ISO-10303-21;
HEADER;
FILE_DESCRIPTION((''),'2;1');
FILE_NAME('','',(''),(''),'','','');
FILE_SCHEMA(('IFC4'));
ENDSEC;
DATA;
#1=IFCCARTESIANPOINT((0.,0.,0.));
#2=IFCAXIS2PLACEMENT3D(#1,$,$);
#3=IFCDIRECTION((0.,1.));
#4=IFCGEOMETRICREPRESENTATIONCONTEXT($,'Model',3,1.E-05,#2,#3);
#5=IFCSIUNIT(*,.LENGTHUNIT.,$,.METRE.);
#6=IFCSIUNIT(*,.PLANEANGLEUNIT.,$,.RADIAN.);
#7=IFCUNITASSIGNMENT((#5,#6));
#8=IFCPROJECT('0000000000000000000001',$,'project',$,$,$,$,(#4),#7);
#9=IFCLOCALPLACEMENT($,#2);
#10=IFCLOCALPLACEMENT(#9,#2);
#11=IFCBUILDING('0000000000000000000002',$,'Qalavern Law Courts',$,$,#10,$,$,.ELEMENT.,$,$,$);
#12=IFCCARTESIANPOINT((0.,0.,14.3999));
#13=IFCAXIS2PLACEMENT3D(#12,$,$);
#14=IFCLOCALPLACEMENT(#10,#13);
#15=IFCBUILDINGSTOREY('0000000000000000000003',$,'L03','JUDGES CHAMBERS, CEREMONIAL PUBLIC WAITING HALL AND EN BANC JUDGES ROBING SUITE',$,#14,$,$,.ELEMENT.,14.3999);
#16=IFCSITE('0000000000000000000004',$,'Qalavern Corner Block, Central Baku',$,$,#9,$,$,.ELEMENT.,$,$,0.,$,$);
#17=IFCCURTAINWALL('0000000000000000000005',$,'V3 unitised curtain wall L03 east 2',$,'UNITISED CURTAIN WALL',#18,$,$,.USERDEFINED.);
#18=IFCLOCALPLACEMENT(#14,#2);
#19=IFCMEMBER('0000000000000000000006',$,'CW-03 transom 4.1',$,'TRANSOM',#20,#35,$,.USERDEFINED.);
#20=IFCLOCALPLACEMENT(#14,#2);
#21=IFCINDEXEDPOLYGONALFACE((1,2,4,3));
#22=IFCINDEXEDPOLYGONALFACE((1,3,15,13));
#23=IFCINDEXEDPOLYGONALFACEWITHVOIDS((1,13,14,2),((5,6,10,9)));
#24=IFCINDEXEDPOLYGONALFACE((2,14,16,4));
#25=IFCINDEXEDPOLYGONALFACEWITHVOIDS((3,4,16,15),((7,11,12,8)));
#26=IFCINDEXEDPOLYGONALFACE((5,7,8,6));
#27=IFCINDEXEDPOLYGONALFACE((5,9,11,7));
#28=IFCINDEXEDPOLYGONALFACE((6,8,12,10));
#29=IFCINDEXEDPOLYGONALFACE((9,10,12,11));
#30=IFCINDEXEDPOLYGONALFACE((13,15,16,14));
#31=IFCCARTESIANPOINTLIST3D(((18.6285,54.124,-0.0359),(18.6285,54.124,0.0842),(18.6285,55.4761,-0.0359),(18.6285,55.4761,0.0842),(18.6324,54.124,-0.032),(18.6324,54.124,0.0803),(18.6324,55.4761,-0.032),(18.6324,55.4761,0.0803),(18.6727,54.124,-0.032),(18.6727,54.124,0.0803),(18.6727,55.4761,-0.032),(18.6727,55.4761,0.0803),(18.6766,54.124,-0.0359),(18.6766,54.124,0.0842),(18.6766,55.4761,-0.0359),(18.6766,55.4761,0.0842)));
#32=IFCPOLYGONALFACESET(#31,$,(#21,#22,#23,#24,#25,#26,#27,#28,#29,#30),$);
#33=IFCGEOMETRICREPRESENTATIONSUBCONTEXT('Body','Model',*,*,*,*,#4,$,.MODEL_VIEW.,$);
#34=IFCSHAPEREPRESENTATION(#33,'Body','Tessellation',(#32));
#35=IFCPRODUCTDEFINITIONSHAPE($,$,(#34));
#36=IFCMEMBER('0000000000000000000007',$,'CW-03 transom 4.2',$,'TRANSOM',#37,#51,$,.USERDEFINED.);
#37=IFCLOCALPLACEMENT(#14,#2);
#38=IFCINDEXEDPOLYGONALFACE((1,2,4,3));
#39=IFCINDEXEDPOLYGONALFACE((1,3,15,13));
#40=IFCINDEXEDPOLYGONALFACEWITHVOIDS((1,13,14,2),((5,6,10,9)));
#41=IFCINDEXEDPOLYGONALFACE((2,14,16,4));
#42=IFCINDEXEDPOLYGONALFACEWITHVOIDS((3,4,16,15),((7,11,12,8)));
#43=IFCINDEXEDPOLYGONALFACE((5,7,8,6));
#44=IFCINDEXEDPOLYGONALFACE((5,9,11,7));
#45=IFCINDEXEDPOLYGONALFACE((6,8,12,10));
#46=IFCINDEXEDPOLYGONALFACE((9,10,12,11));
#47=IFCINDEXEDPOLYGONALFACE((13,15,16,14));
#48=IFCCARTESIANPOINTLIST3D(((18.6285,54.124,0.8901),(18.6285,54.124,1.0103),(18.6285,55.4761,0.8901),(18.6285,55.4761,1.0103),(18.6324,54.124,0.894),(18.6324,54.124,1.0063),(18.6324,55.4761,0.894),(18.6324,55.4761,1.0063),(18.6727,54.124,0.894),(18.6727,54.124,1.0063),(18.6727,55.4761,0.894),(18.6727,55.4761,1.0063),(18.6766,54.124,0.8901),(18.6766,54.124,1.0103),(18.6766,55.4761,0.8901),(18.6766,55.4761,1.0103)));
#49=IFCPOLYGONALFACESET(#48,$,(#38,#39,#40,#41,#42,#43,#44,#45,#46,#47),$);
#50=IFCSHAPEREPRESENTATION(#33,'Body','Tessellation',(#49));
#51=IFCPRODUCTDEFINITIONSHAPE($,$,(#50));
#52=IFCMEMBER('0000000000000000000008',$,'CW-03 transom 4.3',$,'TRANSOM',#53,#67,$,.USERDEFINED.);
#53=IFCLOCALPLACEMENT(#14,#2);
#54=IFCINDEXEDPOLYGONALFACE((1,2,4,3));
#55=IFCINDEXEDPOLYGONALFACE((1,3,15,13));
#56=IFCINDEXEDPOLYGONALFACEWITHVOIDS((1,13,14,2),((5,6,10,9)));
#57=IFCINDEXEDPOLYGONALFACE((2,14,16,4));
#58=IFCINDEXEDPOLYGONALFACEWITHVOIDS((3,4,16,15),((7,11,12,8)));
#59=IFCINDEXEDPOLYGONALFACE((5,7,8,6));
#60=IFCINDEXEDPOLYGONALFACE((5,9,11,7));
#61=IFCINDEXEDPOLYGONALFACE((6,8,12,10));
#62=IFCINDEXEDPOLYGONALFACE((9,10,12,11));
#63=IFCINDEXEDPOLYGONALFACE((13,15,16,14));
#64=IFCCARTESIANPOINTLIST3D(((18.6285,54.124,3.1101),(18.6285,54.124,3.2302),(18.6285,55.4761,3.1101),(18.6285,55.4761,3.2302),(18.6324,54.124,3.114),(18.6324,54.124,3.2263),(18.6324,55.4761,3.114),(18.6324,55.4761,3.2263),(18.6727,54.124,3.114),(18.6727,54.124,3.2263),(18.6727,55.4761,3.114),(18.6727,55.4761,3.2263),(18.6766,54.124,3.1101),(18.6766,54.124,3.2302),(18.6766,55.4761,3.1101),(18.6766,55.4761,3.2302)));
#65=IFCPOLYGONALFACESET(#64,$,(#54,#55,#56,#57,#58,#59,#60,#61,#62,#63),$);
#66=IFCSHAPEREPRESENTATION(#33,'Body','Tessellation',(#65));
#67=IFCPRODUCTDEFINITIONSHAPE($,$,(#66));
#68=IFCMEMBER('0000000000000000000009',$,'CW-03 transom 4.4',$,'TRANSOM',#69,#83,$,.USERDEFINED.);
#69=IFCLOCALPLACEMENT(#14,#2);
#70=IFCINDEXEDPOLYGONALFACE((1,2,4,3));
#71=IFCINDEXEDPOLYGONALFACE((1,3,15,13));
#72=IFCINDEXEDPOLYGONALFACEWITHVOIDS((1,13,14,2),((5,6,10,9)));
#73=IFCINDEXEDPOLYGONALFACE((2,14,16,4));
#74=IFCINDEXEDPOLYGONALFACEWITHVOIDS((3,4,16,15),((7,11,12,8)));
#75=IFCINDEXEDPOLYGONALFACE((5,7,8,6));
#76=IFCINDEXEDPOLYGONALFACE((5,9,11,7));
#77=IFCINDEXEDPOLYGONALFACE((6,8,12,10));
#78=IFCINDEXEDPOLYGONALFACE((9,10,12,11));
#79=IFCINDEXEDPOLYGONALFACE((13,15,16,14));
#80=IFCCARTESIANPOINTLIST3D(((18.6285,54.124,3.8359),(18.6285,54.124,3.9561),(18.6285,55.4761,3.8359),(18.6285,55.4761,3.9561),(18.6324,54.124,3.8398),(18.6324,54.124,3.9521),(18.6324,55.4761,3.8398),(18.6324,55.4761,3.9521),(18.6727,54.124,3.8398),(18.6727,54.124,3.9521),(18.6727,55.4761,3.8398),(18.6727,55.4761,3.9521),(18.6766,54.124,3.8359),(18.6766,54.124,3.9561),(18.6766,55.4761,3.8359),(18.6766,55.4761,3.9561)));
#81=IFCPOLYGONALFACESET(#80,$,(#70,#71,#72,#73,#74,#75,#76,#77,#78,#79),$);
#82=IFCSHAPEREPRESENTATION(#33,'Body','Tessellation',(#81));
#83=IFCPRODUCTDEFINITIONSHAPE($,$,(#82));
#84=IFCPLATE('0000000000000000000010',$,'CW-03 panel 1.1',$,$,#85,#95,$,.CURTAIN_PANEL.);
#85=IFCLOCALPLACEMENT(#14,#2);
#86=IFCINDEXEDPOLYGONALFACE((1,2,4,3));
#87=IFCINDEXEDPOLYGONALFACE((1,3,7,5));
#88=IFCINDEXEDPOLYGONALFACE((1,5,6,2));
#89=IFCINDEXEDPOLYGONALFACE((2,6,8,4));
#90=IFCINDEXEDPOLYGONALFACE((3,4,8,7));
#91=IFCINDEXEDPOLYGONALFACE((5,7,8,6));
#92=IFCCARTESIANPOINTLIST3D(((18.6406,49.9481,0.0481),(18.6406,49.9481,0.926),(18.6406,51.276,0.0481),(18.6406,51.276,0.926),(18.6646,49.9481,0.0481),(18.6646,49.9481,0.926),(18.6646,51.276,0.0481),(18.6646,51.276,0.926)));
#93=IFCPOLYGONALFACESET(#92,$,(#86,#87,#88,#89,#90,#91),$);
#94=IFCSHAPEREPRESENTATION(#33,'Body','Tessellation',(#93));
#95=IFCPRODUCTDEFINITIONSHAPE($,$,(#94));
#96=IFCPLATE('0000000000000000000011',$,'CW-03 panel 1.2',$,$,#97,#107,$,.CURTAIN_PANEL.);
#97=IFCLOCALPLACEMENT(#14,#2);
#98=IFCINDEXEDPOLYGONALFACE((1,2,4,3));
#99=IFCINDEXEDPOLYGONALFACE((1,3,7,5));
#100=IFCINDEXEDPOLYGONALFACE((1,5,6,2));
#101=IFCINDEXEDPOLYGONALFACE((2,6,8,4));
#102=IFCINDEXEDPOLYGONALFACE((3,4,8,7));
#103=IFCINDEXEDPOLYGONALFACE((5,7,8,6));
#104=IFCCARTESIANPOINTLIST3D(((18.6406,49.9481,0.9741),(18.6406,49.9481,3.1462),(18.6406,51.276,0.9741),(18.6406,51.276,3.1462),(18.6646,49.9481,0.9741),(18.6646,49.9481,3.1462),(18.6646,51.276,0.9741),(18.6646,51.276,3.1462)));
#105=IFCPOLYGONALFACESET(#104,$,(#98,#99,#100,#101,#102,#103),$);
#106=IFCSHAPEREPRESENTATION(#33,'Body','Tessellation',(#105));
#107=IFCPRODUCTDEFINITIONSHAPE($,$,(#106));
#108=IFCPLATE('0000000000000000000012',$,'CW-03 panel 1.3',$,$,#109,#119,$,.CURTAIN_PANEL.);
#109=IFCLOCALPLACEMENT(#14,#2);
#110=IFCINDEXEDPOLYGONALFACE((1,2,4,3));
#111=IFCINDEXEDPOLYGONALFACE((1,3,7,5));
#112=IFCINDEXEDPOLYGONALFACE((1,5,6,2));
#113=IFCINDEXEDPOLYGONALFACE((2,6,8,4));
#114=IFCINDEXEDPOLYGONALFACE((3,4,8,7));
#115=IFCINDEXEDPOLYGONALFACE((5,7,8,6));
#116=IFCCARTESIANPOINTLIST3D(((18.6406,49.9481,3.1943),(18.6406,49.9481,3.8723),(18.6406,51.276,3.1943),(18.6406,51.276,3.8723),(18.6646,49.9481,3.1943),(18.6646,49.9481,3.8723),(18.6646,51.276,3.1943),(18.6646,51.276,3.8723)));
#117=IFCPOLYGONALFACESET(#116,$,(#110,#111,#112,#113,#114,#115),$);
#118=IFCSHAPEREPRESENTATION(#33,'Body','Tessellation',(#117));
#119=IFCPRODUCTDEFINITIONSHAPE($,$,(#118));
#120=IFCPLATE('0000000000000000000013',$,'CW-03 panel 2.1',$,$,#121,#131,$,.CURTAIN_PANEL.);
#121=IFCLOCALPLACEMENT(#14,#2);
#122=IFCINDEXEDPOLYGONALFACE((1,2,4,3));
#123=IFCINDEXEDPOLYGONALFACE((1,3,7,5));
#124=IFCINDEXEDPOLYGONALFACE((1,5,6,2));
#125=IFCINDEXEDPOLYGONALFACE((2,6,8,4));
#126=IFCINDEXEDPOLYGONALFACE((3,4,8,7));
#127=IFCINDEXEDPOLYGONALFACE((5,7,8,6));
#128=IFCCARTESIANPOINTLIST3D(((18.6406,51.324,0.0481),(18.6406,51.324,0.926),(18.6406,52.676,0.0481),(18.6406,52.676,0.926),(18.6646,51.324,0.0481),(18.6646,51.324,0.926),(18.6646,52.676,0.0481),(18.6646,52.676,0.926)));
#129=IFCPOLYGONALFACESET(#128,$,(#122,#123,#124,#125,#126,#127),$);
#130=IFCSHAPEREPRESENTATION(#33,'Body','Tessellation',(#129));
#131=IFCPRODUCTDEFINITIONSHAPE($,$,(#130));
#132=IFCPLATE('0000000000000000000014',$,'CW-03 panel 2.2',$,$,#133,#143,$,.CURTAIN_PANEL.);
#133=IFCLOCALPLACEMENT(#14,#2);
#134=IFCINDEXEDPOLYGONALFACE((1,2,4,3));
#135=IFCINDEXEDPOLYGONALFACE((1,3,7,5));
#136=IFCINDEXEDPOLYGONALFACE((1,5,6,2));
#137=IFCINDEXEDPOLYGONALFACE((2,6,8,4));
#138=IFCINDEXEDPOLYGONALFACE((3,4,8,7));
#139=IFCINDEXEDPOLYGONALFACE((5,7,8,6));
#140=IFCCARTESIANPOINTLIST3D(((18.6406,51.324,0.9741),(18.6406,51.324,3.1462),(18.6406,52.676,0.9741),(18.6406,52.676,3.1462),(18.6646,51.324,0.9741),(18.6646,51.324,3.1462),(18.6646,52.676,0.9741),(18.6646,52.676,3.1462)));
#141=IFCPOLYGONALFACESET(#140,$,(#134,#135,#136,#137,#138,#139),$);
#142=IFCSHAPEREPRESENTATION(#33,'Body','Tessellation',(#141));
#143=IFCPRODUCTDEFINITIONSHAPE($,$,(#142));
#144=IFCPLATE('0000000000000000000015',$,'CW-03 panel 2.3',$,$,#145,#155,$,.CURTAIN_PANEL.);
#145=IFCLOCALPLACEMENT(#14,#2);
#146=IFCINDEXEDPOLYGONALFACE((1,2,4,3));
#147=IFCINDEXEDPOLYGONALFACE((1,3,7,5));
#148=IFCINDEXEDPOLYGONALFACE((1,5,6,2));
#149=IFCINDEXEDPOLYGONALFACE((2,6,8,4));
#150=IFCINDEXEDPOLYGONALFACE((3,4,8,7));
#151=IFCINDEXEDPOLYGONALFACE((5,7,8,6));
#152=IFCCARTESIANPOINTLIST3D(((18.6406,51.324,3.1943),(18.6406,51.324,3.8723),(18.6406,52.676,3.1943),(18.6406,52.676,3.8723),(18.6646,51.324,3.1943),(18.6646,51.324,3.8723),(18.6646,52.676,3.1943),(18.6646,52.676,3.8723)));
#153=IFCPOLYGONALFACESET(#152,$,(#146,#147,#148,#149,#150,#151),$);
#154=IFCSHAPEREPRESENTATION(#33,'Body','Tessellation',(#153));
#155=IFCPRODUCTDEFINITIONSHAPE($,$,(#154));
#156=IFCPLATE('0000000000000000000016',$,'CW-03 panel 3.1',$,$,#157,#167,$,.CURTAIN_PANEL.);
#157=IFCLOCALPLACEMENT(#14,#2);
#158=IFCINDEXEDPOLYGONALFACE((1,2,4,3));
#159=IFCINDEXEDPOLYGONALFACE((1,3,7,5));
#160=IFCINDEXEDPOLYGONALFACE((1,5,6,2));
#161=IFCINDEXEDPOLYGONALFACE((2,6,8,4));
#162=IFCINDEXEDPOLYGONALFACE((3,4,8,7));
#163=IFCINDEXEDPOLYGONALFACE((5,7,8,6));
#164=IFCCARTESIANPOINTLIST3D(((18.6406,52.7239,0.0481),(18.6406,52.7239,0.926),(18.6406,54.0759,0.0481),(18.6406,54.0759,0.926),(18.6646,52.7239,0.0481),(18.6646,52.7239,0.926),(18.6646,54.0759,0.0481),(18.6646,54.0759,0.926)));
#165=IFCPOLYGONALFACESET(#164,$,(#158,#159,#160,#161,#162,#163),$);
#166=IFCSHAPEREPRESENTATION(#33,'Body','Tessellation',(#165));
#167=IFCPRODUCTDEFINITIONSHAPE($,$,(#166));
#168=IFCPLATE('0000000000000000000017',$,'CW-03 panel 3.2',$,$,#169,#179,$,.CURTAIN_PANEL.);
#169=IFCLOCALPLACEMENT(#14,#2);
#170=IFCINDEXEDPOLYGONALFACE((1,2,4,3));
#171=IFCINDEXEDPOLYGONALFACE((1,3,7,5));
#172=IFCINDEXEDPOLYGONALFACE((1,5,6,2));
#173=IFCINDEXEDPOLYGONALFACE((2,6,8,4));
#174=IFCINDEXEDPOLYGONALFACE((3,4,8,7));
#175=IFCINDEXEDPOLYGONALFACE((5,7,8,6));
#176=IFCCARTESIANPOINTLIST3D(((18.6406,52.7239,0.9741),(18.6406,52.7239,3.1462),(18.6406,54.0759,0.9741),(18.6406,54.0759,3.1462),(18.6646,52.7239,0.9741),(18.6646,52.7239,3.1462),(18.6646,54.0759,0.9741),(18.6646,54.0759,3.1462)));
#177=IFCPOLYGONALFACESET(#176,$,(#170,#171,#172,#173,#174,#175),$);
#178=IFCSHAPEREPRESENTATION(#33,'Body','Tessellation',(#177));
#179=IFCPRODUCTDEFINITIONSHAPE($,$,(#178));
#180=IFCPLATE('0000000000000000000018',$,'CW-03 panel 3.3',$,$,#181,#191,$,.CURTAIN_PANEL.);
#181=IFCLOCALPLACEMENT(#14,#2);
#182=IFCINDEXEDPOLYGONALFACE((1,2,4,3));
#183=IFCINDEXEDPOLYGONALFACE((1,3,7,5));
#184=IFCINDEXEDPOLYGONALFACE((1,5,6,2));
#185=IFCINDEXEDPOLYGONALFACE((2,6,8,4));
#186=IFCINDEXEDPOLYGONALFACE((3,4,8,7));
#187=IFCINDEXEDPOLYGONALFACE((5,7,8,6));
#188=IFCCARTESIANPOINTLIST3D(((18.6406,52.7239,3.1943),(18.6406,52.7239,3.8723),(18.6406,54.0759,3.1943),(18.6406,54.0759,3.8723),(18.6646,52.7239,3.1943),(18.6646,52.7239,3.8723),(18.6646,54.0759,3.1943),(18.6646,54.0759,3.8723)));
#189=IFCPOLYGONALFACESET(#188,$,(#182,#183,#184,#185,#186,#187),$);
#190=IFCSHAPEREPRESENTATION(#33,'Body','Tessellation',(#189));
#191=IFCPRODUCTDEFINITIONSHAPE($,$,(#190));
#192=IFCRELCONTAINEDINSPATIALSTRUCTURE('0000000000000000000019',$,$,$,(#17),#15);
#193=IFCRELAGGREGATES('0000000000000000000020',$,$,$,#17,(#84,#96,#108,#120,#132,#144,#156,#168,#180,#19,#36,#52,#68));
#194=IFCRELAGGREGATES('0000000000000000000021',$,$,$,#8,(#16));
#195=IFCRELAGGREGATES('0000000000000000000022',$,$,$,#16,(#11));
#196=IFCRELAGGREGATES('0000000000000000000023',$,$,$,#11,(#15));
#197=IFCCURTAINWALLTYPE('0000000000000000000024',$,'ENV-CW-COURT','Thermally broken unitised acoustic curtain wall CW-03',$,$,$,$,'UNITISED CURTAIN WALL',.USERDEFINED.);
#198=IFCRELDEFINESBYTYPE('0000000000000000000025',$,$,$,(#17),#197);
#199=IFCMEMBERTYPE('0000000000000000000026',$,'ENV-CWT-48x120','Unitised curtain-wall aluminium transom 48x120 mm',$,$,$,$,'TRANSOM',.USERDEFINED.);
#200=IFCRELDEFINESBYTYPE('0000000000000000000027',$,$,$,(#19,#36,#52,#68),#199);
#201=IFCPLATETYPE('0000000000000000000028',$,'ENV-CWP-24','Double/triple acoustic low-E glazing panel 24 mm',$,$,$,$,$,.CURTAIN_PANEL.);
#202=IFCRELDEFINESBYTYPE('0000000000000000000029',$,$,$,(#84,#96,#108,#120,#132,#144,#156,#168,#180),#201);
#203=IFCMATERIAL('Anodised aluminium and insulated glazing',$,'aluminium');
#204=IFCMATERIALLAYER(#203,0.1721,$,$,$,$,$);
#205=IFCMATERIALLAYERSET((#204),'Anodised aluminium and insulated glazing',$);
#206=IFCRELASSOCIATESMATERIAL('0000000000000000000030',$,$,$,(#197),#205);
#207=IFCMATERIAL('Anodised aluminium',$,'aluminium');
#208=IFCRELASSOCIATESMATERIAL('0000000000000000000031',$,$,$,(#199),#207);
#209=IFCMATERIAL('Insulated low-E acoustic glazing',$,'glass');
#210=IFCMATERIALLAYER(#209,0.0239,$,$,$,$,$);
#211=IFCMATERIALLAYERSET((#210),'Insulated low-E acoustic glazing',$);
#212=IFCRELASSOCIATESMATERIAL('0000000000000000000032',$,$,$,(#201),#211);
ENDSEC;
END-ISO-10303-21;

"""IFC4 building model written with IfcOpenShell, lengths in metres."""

from ifc_helpers import new_model, si_unit, direction, frame, origin, origin_2d, place, context, subcontext, project, spatial, rectangle, hollow_rectangle, extrude, material, layer, layer_set, material_profile, profile_set, type_object, element, aggregate, save


model = new_model("IFC4")

# Units and contexts
model_context = context("Model", 3, precision=1e-05, world=origin(), true_north=direction((0.0, 1.0)))
body_context = subcontext(model_context, "Body", "Model", "MODEL_VIEW")
ifc_project = project(units=[si_unit("LENGTHUNIT", "METRE"), si_unit("PLANEANGLEUNIT", "RADIAN")], contexts=[model_context])

# Site, building, storey
site_placement = place(None, origin())
site = spatial("IfcSite", under=ifc_project, at=site_placement, Name="Qalavern Corner Block, Central Baku", CompositionType="ELEMENT", RefElevation=0.0)
building_placement = place(site_placement, origin())
building = spatial("IfcBuilding", under=site, at=building_placement, Name="Qalavern Law Courts", CompositionType="ELEMENT")
storey_placement = place(building_placement, frame((0.0, 0.0, 14.3999)))
storey = spatial("IfcBuildingStorey", under=building, at=storey_placement, Name="L03", Description="JUDGES CHAMBERS, CEREMONIAL PUBLIC WAITING HALL AND EN BANC JUDGES ROBING SUITE", CompositionType="ELEMENT", Elevation=14.3999)

# Curtain wall, members, plates
ifc_material_1 = material(Name="Anodised aluminium and insulated glazing", Category="aluminium")
ifc_layer_1 = layer(ifc_material_1, 0.1721)
ifc_layer_set_1 = layer_set([ifc_layer_1], Name="Anodised aluminium and insulated glazing")
curtain_wall_type = type_object("IfcCurtainWallType", Name="ENV-CW-COURT", Description="Thermally broken unitised acoustic curtain wall CW-03", ElementType="UNITISED CURTAIN WALL", PredefinedType="USERDEFINED", material=ifc_layer_set_1)
curtain_wall_placement = place(storey_placement, origin())
curtain_wall = element("IfcCurtainWall", 1, at=curtain_wall_placement, inside=storey, type_object=curtain_wall_type, Name="V3 unitised curtain wall L03 east 2", ObjectType="UNITISED CURTAIN WALL", PredefinedType="USERDEFINED")
ifc_material_2 = material(Name="Anodised aluminium", Category="aluminium")
ifc_material_profile_1 = material_profile(ifc_material_2, hollow_rectangle(XDim=0.0481, YDim=0.1201, WallThickness=0.0039, at=origin_2d()), Name="ALU TRANSOM 48x120")
ifc_profile_set_1 = profile_set([ifc_material_profile_1], Name="Anodised aluminium")
member_type_1 = type_object("IfcMemberType", Name="ENV-CWT-48x120", Description="Unitised curtain-wall aluminium transom 48x120 mm", ElementType="TRANSOM", PredefinedType="USERDEFINED", material=ifc_profile_set_1)
member_1_placement = place(storey_placement, frame((18.6526, 54.124, 0.0242), z_axis=(0.0, 1.0, 0.0), x_axis=(-1.0, 0.0, 0.0)))
member_1 = element("IfcMember", 2, at=member_1_placement, type_object=member_type_1, Name="CW-03 transom 4.1", ObjectType="TRANSOM", PredefinedType="USERDEFINED", context=body_context, shape_type="SweptSolid", body=[
    extrude(hollow_rectangle(XDim=0.0481, YDim=0.1201, WallThickness=0.0039, at=origin_2d()), origin(), (0.0, 0.0, 1.0), 1.3521),
])
member_2_placement = place(storey_placement, frame((18.6526, 54.124, 0.9502), z_axis=(0.0, 1.0, 0.0), x_axis=(-1.0, 0.0, 0.0)))
member_2 = element("IfcMember", 3, at=member_2_placement, type_object=member_type_1, Name="CW-03 transom 4.2", ObjectType="TRANSOM", PredefinedType="USERDEFINED", context=body_context, shape_type="SweptSolid", body=[
    extrude(hollow_rectangle(XDim=0.0481, YDim=0.1201, WallThickness=0.0039, at=origin_2d()), origin(), (0.0, 0.0, 1.0), 1.3521),
])
member_3_placement = place(storey_placement, frame((18.6526, 54.124, 3.1702), z_axis=(0.0, 1.0, 0.0), x_axis=(-1.0, 0.0, 0.0)))
member_3 = element("IfcMember", 4, at=member_3_placement, type_object=member_type_1, Name="CW-03 transom 4.3", ObjectType="TRANSOM", PredefinedType="USERDEFINED", context=body_context, shape_type="SweptSolid", body=[
    extrude(hollow_rectangle(XDim=0.0481, YDim=0.1201, WallThickness=0.0039, at=origin_2d()), origin(), (0.0, 0.0, 1.0), 1.3521),
])
member_4_placement = place(storey_placement, frame((18.6526, 54.124, 3.896), z_axis=(0.0, 1.0, 0.0), x_axis=(-1.0, 0.0, 0.0)))
member_4 = element("IfcMember", 5, at=member_4_placement, type_object=member_type_1, Name="CW-03 transom 4.4", ObjectType="TRANSOM", PredefinedType="USERDEFINED", context=body_context, shape_type="SweptSolid", body=[
    extrude(hollow_rectangle(XDim=0.0481, YDim=0.1201, WallThickness=0.0039, at=origin_2d()), origin(), (0.0, 0.0, 1.0), 1.3521),
])
ifc_material_3 = material(Name="Insulated low-E acoustic glazing", Category="glass")
ifc_layer_2 = layer(ifc_material_3, 0.0239)
ifc_layer_set_2 = layer_set([ifc_layer_2], Name="Insulated low-E acoustic glazing")
plate_type = type_object("IfcPlateType", Name="ENV-CWP-24", Description="Double/triple acoustic low-E glazing panel 24 mm", PredefinedType="CURTAIN_PANEL", material=ifc_layer_set_2)
plate_1_placement = place(storey_placement, frame((18.6526, 50.6121, 0.0481), z_axis=(0.0, 0.0, 1.0), x_axis=(0.0, 1.0, 0.0)))
plate_1 = element("IfcPlate", 6, at=plate_1_placement, type_object=plate_type, Name="CW-03 panel 1.1", PredefinedType="CURTAIN_PANEL", context=body_context, shape_type="SweptSolid", body=[
    extrude(rectangle(XDim=1.3279, YDim=0.0239, at=origin_2d()), origin(), (0.0, 0.0, 1.0), 0.8779),
])
plate_2_placement = place(storey_placement, frame((18.6526, 50.6121, 0.9741), z_axis=(0.0, 0.0, 1.0), x_axis=(0.0, 1.0, 0.0)))
plate_2 = element("IfcPlate", 7, at=plate_2_placement, type_object=plate_type, Name="CW-03 panel 1.2", PredefinedType="CURTAIN_PANEL", context=body_context, shape_type="SweptSolid", body=[
    extrude(rectangle(XDim=1.3279, YDim=0.0239, at=origin_2d()), origin(), (0.0, 0.0, 1.0), 2.1721),
])
plate_3_placement = place(storey_placement, frame((18.6526, 50.6121, 3.1943), z_axis=(0.0, 0.0, 1.0), x_axis=(0.0, 1.0, 0.0)))
plate_3 = element("IfcPlate", 8, at=plate_3_placement, type_object=plate_type, Name="CW-03 panel 1.3", PredefinedType="CURTAIN_PANEL", context=body_context, shape_type="SweptSolid", body=[
    extrude(rectangle(XDim=1.3279, YDim=0.0239, at=origin_2d()), origin(), (0.0, 0.0, 1.0), 0.678),
])
plate_4_placement = place(storey_placement, frame((18.6526, 52.0, 0.0481), z_axis=(0.0, 0.0, 1.0), x_axis=(0.0, 1.0, 0.0)))
plate_4 = element("IfcPlate", 9, at=plate_4_placement, type_object=plate_type, Name="CW-03 panel 2.1", PredefinedType="CURTAIN_PANEL", context=body_context, shape_type="SweptSolid", body=[
    extrude(rectangle(XDim=1.3521, YDim=0.0239, at=origin_2d()), origin(), (0.0, 0.0, 1.0), 0.8779),
])
plate_5_placement = place(storey_placement, frame((18.6526, 52.0, 0.9741), z_axis=(0.0, 0.0, 1.0), x_axis=(0.0, 1.0, 0.0)))
plate_5 = element("IfcPlate", 10, at=plate_5_placement, type_object=plate_type, Name="CW-03 panel 2.2", PredefinedType="CURTAIN_PANEL", context=body_context, shape_type="SweptSolid", body=[
    extrude(rectangle(XDim=1.3521, YDim=0.0239, at=origin_2d()), origin(), (0.0, 0.0, 1.0), 2.1721),
])
plate_6_placement = place(storey_placement, frame((18.6526, 52.0, 3.1943), z_axis=(0.0, 0.0, 1.0), x_axis=(0.0, 1.0, 0.0)))
plate_6 = element("IfcPlate", 11, at=plate_6_placement, type_object=plate_type, Name="CW-03 panel 2.3", PredefinedType="CURTAIN_PANEL", context=body_context, shape_type="SweptSolid", body=[
    extrude(rectangle(XDim=1.3521, YDim=0.0239, at=origin_2d()), origin(), (0.0, 0.0, 1.0), 0.678),
])
plate_7_placement = place(storey_placement, frame((18.6526, 53.3999, 0.0481), z_axis=(0.0, 0.0, 1.0), x_axis=(0.0, 1.0, 0.0)))
plate_7 = element("IfcPlate", 12, at=plate_7_placement, type_object=plate_type, Name="CW-03 panel 3.1", PredefinedType="CURTAIN_PANEL", context=body_context, shape_type="SweptSolid", body=[
    extrude(rectangle(XDim=1.3521, YDim=0.0239, at=origin_2d()), origin(), (0.0, 0.0, 1.0), 0.8779),
])
plate_8_placement = place(storey_placement, frame((18.6526, 53.3999, 0.9741), z_axis=(0.0, 0.0, 1.0), x_axis=(0.0, 1.0, 0.0)))
plate_8 = element("IfcPlate", 13, at=plate_8_placement, type_object=plate_type, Name="CW-03 panel 3.2", PredefinedType="CURTAIN_PANEL", context=body_context, shape_type="SweptSolid", body=[
    extrude(rectangle(XDim=1.3521, YDim=0.0239, at=origin_2d()), origin(), (0.0, 0.0, 1.0), 2.1721),
])
plate_9_placement = place(storey_placement, frame((18.6526, 53.3999, 3.1943), z_axis=(0.0, 0.0, 1.0), x_axis=(0.0, 1.0, 0.0)))
plate_9 = element("IfcPlate", 14, at=plate_9_placement, type_object=plate_type, Name="CW-03 panel 3.3", PredefinedType="CURTAIN_PANEL", context=body_context, shape_type="SweptSolid", body=[
    extrude(rectangle(XDim=1.3521, YDim=0.0239, at=origin_2d()), origin(), (0.0, 0.0, 1.0), 0.678),
])
aggregate(curtain_wall, [plate_1, plate_2, plate_3, plate_4, plate_5, plate_6, plate_7, plate_8, plate_9, member_1, member_2, member_3, member_4])

save(model, "model.ifc")
